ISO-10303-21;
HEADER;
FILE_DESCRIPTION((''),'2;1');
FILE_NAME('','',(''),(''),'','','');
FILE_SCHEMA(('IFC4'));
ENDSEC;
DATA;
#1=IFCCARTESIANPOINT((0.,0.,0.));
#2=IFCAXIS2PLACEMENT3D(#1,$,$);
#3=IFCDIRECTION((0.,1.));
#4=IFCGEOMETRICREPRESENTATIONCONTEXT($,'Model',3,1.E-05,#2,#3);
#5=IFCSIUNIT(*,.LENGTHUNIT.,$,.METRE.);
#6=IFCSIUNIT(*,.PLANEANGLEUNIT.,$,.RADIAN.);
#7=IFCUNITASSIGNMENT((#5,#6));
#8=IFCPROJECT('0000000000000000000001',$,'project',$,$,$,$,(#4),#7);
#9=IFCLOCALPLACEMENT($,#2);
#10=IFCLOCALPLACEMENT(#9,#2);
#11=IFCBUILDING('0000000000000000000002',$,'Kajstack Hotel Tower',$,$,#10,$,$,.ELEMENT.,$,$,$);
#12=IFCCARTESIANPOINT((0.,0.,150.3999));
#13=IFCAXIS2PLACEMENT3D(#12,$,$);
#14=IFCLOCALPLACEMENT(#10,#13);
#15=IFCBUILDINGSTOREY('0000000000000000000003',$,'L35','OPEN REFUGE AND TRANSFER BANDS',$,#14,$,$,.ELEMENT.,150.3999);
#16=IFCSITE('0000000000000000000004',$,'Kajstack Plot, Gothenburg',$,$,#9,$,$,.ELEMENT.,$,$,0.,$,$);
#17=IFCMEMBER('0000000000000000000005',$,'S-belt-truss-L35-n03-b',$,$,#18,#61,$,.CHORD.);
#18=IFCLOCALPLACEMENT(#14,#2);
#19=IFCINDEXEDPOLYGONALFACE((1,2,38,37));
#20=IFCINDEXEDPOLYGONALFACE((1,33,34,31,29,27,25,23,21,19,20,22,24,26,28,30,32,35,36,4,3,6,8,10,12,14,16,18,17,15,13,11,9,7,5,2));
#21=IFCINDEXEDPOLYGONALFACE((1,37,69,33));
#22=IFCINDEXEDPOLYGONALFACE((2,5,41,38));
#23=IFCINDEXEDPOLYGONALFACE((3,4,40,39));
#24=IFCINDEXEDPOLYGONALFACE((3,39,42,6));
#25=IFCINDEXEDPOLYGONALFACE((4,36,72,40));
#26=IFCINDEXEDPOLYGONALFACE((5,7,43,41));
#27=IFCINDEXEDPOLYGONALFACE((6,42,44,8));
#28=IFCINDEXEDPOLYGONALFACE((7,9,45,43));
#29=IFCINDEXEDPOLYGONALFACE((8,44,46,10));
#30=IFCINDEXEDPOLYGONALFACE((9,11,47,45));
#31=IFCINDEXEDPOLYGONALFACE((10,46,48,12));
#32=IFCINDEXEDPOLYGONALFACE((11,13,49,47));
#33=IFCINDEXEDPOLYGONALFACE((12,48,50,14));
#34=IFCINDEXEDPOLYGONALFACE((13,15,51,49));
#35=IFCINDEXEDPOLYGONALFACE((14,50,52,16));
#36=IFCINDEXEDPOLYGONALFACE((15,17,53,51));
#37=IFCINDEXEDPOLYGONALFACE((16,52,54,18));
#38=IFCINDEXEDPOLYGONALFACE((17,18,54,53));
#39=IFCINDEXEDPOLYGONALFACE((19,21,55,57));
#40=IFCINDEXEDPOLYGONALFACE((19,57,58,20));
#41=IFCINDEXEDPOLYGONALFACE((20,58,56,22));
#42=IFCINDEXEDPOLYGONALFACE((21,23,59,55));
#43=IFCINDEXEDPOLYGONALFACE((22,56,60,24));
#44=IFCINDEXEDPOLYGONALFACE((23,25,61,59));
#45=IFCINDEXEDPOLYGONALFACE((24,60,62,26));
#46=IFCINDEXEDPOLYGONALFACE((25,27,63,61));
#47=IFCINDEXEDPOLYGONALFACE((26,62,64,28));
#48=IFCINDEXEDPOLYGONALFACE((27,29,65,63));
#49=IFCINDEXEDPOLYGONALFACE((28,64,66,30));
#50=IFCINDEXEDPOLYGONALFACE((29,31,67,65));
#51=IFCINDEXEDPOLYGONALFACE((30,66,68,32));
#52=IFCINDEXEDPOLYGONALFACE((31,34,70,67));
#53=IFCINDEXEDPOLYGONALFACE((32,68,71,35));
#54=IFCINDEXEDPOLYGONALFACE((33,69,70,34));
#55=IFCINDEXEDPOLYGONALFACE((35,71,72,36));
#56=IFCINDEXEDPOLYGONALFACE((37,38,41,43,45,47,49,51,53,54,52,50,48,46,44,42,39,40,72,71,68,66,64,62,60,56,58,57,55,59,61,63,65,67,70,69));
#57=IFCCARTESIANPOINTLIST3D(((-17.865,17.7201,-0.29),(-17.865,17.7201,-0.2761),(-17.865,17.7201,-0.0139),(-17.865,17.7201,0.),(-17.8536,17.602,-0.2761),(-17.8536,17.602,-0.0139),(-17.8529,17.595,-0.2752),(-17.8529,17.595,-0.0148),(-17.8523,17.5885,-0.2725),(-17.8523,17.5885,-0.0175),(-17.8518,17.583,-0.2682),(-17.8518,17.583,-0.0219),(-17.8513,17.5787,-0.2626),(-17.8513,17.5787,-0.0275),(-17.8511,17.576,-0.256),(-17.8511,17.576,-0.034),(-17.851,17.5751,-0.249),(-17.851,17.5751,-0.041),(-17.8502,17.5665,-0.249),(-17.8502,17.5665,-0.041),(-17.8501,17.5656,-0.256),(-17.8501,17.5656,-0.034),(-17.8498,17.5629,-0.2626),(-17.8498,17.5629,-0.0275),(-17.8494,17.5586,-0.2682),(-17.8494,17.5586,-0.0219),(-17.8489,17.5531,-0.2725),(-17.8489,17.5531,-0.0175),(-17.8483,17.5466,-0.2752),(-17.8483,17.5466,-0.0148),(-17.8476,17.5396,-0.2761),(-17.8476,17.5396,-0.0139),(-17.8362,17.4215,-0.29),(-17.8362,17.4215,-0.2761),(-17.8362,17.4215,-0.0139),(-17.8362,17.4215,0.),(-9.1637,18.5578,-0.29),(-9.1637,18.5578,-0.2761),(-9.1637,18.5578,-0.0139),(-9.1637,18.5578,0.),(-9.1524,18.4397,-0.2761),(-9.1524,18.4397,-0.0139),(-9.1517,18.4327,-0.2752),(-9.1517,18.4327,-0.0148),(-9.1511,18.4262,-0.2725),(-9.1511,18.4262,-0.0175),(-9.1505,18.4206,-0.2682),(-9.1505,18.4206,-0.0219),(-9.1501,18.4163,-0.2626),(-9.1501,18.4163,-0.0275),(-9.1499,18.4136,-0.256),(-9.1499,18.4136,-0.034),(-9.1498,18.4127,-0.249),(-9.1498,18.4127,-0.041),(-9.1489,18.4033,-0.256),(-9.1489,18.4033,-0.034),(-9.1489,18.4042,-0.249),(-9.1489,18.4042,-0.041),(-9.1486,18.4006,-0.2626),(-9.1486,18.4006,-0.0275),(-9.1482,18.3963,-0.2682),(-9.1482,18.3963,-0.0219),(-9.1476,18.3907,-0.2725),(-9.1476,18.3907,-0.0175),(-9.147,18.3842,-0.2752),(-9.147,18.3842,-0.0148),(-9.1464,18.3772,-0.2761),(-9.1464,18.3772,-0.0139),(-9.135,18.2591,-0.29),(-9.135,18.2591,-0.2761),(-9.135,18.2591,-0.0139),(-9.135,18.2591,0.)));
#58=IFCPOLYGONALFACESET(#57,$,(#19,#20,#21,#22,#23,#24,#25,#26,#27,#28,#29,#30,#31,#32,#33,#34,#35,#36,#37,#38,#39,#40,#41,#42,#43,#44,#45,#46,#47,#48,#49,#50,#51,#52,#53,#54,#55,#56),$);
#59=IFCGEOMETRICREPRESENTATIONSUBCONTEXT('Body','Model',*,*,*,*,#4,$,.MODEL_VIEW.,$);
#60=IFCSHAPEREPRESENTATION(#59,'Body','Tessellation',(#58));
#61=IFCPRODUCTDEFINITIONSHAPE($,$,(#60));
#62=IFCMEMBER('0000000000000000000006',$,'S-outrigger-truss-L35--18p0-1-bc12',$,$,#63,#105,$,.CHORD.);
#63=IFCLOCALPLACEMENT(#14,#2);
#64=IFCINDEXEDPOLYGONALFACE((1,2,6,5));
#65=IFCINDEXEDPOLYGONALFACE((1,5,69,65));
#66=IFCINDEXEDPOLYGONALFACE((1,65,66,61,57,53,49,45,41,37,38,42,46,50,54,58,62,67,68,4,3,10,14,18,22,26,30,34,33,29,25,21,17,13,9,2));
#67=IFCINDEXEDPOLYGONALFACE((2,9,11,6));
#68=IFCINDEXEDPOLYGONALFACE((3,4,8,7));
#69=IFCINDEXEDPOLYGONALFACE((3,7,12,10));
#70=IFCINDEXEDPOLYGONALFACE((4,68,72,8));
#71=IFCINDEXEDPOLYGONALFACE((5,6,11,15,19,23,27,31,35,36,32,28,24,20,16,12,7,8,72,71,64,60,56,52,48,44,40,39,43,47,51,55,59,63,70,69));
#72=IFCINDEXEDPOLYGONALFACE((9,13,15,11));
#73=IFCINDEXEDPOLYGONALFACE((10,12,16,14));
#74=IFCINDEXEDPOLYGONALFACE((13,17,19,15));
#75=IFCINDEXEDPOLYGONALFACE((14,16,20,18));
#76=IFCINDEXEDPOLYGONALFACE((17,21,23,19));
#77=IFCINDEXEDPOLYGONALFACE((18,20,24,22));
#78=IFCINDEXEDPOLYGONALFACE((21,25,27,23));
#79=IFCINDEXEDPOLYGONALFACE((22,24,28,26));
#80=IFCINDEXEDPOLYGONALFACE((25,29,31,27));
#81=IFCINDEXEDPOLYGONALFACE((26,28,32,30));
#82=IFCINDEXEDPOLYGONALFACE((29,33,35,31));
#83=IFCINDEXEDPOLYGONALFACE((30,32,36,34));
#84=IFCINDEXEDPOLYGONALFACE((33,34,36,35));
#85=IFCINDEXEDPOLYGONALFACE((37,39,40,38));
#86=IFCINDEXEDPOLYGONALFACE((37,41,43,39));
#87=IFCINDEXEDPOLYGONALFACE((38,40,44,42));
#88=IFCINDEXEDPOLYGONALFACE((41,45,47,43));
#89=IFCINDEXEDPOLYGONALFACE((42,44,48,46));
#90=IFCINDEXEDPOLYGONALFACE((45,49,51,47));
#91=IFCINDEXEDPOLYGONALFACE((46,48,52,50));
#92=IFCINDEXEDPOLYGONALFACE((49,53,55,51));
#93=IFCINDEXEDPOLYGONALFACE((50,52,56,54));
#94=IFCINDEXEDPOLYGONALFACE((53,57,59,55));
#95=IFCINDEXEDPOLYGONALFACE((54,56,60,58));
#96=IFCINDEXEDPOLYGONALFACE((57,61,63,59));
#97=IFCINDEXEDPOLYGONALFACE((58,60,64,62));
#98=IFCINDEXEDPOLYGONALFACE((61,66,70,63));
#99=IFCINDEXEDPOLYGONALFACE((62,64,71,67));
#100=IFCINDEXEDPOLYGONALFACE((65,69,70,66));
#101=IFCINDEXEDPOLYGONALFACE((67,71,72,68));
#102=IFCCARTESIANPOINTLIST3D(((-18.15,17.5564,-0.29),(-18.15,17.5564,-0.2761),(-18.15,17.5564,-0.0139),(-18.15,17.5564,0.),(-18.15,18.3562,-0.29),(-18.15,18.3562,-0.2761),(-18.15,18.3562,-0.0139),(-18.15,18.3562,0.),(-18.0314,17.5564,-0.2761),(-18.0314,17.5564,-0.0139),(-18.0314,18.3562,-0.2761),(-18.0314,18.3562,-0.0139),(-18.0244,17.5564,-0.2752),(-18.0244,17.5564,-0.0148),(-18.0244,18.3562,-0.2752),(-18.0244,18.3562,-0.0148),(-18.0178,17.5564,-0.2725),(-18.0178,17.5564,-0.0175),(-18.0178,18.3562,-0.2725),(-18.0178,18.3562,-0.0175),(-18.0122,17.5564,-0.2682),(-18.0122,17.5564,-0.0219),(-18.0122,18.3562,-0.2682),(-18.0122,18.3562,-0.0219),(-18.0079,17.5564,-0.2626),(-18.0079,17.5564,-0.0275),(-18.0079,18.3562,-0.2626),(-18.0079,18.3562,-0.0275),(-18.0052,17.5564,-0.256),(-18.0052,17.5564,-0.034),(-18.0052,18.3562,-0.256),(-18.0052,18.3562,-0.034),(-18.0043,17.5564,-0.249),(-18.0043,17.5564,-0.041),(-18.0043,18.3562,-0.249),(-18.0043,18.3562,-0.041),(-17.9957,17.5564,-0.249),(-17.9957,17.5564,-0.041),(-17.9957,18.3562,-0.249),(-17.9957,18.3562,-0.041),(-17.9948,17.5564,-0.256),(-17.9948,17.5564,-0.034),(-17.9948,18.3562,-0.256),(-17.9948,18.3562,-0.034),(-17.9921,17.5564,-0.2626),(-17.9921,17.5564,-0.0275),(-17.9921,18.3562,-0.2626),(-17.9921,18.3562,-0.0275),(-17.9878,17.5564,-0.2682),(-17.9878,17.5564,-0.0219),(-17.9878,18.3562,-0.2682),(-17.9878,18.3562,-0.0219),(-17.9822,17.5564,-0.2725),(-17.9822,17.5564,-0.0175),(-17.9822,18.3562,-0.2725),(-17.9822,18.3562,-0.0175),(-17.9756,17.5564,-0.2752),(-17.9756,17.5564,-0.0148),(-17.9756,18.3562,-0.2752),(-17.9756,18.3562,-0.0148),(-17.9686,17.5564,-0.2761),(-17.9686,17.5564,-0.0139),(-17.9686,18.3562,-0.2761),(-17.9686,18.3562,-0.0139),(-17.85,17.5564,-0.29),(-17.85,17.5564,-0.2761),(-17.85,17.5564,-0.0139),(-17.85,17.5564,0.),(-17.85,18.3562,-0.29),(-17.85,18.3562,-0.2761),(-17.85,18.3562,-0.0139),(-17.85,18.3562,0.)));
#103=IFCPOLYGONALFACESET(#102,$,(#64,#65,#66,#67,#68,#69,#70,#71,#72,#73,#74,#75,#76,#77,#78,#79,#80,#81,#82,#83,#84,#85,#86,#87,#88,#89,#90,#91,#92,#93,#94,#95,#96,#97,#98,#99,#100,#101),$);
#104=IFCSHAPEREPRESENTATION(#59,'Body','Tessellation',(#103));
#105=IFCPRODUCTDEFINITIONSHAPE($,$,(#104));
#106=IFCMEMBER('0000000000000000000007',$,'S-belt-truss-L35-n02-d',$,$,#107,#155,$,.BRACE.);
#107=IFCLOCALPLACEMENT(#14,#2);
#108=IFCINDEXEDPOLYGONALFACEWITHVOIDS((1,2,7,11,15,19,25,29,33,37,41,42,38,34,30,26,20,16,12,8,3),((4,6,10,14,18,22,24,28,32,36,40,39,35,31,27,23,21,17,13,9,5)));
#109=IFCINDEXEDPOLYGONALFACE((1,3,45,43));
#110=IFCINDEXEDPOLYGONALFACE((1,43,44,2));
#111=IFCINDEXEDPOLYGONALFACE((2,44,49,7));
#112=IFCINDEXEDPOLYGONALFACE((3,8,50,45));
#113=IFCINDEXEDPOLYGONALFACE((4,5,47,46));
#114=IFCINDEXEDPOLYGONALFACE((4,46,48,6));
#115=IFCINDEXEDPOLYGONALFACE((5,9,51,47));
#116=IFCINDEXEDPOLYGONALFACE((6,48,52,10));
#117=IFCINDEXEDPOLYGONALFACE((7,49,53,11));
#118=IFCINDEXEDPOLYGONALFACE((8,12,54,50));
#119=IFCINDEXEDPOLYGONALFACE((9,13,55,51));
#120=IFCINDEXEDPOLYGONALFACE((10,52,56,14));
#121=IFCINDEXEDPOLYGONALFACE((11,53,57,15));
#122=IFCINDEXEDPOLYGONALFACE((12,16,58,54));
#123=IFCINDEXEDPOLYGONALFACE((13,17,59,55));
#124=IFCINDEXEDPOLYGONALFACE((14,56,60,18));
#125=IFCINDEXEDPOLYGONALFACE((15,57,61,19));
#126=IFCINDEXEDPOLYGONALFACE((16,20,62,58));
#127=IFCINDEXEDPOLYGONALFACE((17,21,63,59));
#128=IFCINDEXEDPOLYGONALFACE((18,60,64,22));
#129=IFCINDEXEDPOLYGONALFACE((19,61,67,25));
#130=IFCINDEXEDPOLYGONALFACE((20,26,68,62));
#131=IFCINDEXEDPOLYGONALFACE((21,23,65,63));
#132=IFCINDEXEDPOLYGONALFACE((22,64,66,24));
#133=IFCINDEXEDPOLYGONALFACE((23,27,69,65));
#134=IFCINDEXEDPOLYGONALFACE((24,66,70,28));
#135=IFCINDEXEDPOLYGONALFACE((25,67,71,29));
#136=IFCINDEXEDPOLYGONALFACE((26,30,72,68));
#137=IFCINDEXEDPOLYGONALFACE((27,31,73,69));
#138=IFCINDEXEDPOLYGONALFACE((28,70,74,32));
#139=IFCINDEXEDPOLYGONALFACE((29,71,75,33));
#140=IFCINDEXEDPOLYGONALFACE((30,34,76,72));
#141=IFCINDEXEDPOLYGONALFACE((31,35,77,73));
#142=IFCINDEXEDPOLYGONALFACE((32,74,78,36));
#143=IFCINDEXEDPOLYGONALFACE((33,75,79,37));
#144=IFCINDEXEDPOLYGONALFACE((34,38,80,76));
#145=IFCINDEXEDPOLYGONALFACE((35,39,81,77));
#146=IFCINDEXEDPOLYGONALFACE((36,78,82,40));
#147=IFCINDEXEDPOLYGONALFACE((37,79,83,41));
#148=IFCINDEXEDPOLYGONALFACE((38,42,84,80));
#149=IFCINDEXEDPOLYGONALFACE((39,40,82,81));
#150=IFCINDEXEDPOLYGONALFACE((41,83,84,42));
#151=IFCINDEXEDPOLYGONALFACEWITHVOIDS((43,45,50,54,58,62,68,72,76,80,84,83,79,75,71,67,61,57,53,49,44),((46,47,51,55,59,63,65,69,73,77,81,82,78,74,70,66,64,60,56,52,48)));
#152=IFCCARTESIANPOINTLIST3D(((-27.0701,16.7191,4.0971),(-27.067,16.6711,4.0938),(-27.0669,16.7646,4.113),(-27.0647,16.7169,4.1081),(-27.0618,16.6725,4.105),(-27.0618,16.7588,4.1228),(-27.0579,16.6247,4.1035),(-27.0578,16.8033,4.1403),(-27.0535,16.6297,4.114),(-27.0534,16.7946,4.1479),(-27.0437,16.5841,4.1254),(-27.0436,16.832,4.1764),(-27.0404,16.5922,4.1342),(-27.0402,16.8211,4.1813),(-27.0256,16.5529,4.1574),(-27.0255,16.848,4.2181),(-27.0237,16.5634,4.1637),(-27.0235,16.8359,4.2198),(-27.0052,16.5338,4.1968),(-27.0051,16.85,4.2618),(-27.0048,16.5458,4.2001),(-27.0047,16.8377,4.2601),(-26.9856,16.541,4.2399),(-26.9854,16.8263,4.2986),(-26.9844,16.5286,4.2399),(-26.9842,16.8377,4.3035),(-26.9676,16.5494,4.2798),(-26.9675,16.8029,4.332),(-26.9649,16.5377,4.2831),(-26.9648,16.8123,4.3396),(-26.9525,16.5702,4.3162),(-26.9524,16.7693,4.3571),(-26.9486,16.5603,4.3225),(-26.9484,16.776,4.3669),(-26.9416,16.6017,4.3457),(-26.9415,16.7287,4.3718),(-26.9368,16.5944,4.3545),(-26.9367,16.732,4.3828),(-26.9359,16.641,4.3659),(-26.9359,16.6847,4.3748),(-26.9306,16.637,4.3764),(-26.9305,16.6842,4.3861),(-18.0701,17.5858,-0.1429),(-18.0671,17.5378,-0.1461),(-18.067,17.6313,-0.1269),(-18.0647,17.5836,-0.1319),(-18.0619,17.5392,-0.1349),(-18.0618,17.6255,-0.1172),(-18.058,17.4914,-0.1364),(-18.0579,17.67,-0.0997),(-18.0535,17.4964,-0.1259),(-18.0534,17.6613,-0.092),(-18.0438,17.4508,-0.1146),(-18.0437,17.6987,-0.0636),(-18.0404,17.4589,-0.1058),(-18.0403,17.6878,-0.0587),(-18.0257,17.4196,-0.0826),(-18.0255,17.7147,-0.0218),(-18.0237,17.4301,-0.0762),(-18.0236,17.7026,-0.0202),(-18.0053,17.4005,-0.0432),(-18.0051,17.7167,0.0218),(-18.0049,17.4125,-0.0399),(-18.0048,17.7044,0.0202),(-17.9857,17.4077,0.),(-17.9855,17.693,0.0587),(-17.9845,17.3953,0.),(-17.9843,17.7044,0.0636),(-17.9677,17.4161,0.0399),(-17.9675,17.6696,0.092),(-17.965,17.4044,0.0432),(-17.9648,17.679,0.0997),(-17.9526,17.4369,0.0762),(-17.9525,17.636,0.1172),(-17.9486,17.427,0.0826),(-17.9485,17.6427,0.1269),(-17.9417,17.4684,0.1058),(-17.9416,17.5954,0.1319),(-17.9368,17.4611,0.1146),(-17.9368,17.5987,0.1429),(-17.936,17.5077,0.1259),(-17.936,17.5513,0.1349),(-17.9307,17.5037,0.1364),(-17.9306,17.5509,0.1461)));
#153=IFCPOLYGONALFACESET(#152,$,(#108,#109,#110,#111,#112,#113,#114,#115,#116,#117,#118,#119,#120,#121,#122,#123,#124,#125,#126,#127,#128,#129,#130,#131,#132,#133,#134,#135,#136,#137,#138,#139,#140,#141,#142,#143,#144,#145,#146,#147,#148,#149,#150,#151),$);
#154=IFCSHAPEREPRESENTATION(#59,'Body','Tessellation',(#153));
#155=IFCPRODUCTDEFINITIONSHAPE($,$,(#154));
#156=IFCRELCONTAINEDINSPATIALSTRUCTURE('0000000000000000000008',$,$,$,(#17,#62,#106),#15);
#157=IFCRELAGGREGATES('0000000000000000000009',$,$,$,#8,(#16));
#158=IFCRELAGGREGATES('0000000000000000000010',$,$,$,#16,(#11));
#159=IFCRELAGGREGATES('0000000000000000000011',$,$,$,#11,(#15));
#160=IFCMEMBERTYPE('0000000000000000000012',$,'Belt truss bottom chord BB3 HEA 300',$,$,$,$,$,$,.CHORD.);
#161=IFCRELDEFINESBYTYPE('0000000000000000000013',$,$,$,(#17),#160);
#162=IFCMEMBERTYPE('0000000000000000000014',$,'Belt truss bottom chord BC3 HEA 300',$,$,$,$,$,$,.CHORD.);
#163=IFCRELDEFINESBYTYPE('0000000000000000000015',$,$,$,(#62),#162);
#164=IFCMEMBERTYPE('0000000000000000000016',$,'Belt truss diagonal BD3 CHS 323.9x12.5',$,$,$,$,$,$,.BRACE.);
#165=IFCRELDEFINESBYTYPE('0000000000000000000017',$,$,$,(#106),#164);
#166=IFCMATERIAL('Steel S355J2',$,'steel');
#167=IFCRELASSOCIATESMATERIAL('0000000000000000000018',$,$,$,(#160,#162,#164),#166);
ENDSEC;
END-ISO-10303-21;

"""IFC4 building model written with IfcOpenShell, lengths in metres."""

from ifc_helpers import new_model, si_unit, direction, frame, origin, origin_2d, place, context, subcontext, project, spatial, hollow_circle, i_section, extrude, material, material_profile, profile_set, type_object, element, save


model = new_model("IFC4")

# Units and contexts
model_context = context("Model", 3, precision=1e-05, world=origin(), true_north=direction((0.0, 1.0)))
body_context = subcontext(model_context, "Body", "Model", "MODEL_VIEW")
ifc_project = project(units=[si_unit("LENGTHUNIT", "METRE"), si_unit("PLANEANGLEUNIT", "RADIAN")], contexts=[model_context])

# Site, building, storey
site_placement = place(None, origin())
site = spatial("IfcSite", under=ifc_project, at=site_placement, Name="Kajstack Plot, Gothenburg", CompositionType="ELEMENT", RefElevation=0.0)
building_placement = place(site_placement, origin())
building = spatial("IfcBuilding", under=site, at=building_placement, Name="Kajstack Hotel Tower", CompositionType="ELEMENT")
storey_placement = place(building_placement, frame((0.0, 0.0, 150.3999)))
storey = spatial("IfcBuildingStorey", under=building, at=storey_placement, Name="L35", Description="OPEN REFUGE AND TRANSFER BANDS", CompositionType="ELEMENT", Elevation=150.3999)

# Members
ifc_material = material(Name="Steel S355J2", Category="steel")
ifc_material_profile_1 = material_profile(ifc_material, i_section(OverallWidth=0.3, OverallDepth=0.29, WebThickness=0.0085, FlangeThickness=0.0139, FilletRadius=0.0271, at=origin_2d()), Name="HEA 300")
ifc_profile_set_1 = profile_set([ifc_material_profile_1], Name="Steel S355J2")
member_type_1 = type_object("IfcMemberType", Name="Belt truss bottom chord BB3 HEA 300", PredefinedType="CHORD", material=ifc_profile_set_1)
member_1_placement = place(storey_placement, frame((-17.8506, 17.5708, -0.145), z_axis=(0.995398, 0.095825, 0.0), x_axis=(-0.095825, 0.995398, 0.0)))
element("IfcMember", 1, at=member_1_placement, inside=storey, type_object=member_type_1, Name="S-belt-truss-L35-n03-b", PredefinedType="CHORD", context=body_context, shape_type="SweptSolid", body=[
    extrude(i_section(OverallWidth=0.3, OverallDepth=0.29, WebThickness=0.0085, FlangeThickness=0.0139, FilletRadius=0.0271, at=origin_2d()), origin(), (0.0, 0.0, 1.0), 8.7415),
])
ifc_material_profile_2 = material_profile(ifc_material, i_section(OverallWidth=0.3, OverallDepth=0.29, WebThickness=0.0085, FlangeThickness=0.0139, FilletRadius=0.0271, at=origin_2d()), Name="HEA 300")
ifc_profile_set_2 = profile_set([ifc_material_profile_2], Name="Steel S355J2")
member_type_2 = type_object("IfcMemberType", Name="Belt truss bottom chord BC3 HEA 300", PredefinedType="CHORD", material=ifc_profile_set_2)
member_2_placement = place(storey_placement, frame((-18.0, 17.5564, -0.145), z_axis=(0.0, 1.0, 0.0), x_axis=(-1.0, 0.0, 0.0)))
element("IfcMember", 2, at=member_2_placement, inside=storey, type_object=member_type_2, Name="S-outrigger-truss-L35--18p0-1-bc12", PredefinedType="CHORD", context=body_context, shape_type="SweptSolid", body=[
    extrude(i_section(OverallWidth=0.3, OverallDepth=0.29, WebThickness=0.0085, FlangeThickness=0.0139, FilletRadius=0.0271, at=origin_2d()), origin(), (0.0, 0.0, 1.0), 0.7998),
])
ifc_material_profile_3 = material_profile(ifc_material, hollow_circle(Radius=0.1619, WallThickness=0.0125, at=origin_2d()), Name="CHS 323.9x12.5")
ifc_profile_set_3 = profile_set([ifc_material_profile_3], Name="Steel S355J2")
member_type_3 = type_object("IfcMemberType", Name="Belt truss diagonal BD3 CHS 323.9x12.5", PredefinedType="BRACE", material=ifc_profile_set_3)
for number, where, z_axis, x_axis, name in (
    (3, (-18.0, 17.5564, 0.0), (-0.901223, -0.086788, 0.424575), (0.095856, -0.995395, 0.0), "S-belt-truss-L35-n02-d"),
):
    element("IfcMember", number, at=place(storey_placement, frame(where, z_axis=z_axis, x_axis=x_axis)), inside=storey, type_object=member_type_3, Name=name, PredefinedType="BRACE", context=body_context, shape_type="SweptSolid", body=[
        extrude(hollow_circle(Radius=0.1619, WallThickness=0.0125, at=origin_2d()), origin(), (0.0, 0.0, 1.0), 9.9863),
    ])

save(model, "model.ifc")
